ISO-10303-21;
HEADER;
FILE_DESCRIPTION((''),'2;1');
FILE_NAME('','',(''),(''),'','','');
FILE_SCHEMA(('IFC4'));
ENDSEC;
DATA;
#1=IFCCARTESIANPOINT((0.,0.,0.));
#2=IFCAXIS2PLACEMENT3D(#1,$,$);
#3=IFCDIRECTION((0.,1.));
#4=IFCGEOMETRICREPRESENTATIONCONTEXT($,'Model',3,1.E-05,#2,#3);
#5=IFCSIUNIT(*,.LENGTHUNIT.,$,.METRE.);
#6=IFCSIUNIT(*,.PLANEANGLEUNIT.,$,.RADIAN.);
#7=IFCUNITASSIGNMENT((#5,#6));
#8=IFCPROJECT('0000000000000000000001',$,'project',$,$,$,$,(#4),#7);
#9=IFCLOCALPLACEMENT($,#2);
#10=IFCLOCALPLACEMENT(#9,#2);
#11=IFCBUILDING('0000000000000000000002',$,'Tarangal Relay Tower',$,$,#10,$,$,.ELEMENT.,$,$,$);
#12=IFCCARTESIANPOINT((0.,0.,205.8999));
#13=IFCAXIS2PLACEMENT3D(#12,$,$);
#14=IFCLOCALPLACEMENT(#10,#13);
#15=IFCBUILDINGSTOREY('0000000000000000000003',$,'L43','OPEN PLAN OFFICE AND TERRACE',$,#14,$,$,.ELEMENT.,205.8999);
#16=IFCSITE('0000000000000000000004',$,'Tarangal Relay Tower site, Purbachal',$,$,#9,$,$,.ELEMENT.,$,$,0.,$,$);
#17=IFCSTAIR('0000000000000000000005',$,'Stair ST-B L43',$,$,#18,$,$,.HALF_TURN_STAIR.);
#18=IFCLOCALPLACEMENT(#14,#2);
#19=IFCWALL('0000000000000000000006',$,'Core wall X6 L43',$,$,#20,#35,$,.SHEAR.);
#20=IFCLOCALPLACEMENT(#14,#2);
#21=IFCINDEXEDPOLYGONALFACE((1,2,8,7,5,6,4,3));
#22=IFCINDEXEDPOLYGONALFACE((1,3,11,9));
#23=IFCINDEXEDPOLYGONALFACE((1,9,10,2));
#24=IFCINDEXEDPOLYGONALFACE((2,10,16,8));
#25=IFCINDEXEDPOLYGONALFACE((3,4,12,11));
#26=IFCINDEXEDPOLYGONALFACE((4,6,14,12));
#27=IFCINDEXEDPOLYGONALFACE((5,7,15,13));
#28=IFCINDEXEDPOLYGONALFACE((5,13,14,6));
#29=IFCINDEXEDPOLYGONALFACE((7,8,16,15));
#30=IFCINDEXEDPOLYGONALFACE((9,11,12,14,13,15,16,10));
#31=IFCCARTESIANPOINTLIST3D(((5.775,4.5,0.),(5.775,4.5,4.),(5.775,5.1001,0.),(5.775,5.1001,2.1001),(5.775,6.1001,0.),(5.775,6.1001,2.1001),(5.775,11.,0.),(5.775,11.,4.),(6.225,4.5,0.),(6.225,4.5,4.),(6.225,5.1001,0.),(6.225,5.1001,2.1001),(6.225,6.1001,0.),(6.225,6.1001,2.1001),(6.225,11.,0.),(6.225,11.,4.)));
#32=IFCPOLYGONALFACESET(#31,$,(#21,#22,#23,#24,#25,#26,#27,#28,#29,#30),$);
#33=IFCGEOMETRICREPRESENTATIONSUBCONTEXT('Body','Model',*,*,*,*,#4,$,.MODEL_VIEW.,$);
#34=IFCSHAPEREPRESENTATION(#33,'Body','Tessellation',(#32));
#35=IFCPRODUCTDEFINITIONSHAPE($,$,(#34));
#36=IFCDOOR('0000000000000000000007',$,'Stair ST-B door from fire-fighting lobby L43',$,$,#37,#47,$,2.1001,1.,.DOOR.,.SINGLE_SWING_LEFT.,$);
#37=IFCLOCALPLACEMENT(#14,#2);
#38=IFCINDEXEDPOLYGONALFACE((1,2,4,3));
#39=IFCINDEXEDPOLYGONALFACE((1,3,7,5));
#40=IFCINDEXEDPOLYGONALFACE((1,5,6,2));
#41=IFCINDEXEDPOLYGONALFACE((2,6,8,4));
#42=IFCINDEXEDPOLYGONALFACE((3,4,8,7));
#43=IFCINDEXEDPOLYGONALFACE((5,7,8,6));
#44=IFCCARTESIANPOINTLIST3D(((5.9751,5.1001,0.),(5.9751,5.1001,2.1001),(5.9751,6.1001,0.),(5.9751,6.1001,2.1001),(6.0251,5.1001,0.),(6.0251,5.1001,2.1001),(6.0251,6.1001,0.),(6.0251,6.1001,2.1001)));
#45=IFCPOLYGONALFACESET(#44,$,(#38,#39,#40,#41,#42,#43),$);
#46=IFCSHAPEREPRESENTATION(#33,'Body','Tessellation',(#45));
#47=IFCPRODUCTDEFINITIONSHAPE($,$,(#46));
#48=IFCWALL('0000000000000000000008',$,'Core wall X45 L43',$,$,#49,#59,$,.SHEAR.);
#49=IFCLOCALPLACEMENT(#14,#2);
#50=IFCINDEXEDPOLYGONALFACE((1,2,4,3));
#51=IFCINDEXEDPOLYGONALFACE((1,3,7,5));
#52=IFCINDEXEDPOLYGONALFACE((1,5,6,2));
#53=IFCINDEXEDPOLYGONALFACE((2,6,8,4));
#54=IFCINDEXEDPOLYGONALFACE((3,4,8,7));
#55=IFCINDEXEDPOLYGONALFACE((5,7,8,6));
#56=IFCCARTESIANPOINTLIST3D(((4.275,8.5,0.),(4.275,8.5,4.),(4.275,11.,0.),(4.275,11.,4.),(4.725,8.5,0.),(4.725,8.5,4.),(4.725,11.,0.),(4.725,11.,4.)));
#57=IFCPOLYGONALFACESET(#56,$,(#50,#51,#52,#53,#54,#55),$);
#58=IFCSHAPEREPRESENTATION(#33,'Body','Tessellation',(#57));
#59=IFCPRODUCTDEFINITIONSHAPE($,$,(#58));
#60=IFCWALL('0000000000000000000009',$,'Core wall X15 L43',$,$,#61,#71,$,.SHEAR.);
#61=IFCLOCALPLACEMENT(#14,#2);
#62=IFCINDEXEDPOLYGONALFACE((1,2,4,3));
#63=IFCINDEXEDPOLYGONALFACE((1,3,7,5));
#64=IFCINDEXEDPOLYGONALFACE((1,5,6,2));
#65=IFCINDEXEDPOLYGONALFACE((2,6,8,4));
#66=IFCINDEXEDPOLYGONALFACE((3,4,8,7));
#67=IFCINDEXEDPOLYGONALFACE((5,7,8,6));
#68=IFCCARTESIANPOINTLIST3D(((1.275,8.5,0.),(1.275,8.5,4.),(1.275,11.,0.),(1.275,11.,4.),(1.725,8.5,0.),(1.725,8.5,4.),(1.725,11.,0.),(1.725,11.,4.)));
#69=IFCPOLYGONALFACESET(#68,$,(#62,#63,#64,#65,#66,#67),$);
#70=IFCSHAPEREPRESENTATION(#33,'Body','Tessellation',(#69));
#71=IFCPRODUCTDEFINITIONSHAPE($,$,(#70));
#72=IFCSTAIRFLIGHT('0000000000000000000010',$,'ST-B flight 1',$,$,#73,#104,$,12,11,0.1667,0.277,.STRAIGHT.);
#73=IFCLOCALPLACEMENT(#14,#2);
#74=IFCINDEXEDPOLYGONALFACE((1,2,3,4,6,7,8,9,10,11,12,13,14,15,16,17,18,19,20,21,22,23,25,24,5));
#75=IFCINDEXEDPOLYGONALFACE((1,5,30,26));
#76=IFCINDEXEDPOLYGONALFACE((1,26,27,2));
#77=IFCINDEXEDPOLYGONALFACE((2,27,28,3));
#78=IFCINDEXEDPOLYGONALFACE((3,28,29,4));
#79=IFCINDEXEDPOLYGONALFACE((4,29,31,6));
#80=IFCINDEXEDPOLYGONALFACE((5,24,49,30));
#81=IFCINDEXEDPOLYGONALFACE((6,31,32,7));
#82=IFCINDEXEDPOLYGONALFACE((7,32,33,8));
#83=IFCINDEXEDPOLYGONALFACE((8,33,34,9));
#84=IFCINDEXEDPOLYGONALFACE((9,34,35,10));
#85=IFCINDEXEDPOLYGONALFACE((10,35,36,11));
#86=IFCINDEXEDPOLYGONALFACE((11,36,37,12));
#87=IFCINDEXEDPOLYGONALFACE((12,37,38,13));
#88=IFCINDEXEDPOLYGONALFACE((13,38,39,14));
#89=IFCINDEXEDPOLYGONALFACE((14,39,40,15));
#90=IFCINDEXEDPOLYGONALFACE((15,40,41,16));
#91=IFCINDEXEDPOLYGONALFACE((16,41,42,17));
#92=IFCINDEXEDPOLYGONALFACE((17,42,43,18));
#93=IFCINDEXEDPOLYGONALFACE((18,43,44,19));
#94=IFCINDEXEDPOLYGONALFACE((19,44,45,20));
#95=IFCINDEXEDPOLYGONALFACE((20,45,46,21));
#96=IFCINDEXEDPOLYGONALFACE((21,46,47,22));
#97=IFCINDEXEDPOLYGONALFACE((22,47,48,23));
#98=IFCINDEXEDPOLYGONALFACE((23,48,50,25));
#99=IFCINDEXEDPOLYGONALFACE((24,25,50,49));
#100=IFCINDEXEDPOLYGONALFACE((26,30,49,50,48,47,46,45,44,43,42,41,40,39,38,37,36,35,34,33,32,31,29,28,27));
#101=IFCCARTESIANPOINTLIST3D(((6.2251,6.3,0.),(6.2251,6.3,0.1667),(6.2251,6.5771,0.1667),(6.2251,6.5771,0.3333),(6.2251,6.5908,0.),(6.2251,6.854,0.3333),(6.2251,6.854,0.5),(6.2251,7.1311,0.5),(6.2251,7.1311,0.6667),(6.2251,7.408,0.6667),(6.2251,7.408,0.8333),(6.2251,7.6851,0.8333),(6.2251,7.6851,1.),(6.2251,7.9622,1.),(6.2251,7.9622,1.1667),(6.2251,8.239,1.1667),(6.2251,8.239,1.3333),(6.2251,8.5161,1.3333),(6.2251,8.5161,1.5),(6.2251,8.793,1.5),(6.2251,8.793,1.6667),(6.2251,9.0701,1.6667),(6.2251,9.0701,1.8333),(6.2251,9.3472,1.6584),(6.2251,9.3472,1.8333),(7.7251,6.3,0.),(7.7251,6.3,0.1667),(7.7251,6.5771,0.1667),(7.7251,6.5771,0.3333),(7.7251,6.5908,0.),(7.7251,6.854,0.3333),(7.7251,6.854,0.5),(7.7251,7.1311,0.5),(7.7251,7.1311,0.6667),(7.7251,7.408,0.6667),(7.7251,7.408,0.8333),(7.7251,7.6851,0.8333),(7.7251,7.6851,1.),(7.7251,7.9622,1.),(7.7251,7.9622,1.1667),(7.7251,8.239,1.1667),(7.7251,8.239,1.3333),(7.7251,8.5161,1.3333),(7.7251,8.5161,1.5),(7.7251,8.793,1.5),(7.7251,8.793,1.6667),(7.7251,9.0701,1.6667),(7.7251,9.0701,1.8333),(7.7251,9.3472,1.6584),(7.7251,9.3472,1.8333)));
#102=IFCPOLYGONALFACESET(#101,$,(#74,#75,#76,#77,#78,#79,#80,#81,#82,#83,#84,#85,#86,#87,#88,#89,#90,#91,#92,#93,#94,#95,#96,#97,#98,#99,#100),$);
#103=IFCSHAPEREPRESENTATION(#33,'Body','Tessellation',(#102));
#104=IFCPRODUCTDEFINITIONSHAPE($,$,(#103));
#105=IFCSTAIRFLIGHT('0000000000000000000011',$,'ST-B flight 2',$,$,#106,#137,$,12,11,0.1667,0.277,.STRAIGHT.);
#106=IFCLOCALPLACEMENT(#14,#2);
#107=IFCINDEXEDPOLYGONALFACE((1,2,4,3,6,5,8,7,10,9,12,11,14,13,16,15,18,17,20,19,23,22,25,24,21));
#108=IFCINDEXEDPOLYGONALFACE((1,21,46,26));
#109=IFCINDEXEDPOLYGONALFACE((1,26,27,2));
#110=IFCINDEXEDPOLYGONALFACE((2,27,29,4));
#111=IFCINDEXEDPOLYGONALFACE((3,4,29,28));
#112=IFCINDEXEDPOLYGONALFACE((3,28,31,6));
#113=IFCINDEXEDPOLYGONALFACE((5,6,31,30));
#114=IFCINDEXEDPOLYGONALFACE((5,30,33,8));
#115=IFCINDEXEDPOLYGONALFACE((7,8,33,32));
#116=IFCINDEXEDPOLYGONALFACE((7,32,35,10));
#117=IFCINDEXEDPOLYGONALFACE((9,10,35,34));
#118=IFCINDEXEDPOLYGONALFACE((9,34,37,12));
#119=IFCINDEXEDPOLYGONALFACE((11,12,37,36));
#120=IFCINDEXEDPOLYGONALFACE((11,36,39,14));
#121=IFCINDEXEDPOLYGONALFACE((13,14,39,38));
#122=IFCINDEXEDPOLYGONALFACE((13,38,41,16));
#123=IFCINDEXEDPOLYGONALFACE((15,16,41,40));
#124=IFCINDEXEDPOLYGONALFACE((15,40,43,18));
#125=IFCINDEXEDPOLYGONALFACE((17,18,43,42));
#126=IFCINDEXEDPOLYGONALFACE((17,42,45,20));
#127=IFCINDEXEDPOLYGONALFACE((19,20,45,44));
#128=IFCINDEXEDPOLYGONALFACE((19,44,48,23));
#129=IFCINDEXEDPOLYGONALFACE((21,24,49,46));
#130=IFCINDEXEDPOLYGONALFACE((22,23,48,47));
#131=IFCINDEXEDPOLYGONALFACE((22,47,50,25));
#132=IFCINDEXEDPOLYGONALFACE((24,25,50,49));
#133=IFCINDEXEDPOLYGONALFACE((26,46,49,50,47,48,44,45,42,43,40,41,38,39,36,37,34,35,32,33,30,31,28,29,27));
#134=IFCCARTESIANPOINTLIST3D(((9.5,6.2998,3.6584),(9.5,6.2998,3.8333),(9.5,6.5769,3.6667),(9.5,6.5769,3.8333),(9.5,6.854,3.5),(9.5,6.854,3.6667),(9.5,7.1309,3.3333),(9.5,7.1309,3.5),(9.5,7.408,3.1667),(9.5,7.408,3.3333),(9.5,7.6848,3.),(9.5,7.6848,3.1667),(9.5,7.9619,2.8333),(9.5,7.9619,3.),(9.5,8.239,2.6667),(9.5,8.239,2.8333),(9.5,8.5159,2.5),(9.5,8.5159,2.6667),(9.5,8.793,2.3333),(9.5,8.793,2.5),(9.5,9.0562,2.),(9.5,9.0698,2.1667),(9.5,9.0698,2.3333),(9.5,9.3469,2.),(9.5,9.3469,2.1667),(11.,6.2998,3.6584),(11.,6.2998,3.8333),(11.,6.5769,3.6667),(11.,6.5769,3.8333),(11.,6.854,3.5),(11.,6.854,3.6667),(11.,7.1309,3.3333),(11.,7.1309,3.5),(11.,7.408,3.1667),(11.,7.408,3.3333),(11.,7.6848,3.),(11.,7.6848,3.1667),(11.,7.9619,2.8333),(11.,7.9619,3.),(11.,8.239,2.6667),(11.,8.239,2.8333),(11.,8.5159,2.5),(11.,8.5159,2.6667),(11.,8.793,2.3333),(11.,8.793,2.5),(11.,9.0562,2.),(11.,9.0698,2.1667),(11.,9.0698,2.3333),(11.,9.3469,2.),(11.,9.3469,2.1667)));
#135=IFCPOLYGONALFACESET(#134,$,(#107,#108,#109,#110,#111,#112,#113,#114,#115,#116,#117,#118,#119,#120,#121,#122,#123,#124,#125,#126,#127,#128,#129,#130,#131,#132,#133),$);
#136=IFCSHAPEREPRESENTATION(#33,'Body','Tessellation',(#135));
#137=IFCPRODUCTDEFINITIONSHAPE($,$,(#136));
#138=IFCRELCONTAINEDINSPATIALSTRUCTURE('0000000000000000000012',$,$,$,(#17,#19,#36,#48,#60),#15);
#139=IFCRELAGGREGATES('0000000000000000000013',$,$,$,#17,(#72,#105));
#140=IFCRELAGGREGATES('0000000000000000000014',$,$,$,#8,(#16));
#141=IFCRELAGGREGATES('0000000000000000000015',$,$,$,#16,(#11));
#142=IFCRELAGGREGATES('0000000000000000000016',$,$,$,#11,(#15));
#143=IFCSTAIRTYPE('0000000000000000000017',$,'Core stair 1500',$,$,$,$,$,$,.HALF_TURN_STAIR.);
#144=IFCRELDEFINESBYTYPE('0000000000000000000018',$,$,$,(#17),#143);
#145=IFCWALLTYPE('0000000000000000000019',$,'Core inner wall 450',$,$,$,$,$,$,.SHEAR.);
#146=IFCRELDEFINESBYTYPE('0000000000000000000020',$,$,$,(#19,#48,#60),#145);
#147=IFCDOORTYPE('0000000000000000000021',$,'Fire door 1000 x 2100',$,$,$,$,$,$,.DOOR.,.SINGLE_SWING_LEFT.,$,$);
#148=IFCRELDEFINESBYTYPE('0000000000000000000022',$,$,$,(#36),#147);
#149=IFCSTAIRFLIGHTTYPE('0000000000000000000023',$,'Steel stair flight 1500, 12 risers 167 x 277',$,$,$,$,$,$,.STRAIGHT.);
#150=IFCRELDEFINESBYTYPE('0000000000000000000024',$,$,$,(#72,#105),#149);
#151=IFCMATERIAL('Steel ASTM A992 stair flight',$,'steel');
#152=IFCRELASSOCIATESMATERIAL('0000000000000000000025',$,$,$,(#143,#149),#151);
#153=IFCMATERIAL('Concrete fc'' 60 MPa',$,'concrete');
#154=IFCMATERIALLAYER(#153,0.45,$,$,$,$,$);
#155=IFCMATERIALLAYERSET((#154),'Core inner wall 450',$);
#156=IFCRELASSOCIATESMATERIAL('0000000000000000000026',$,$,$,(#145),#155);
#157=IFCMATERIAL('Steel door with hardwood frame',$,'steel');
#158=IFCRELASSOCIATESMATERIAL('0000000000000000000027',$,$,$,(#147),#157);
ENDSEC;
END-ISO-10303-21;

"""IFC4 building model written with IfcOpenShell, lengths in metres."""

from ifc_helpers import new_model, si_unit, direction, frame, frame_2d, origin, place, context, subcontext, project, spatial, polyline, rectangle, outline, extrude, material, layer, layer_set, type_object, element, fill, aggregate, save


model = new_model("IFC4")

# Units and contexts
model_context = context("Model", 3, precision=1e-05, world=origin(), true_north=direction((0.0, 1.0)))
body_context = subcontext(model_context, "Body", "Model", "MODEL_VIEW")
ifc_project = project(units=[si_unit("LENGTHUNIT", "METRE"), si_unit("PLANEANGLEUNIT", "RADIAN")], contexts=[model_context])

# Site, building, storey
site_placement = place(None, origin())
site = spatial("IfcSite", under=ifc_project, at=site_placement, Name="Tarangal Relay Tower site, Purbachal", CompositionType="ELEMENT", RefElevation=0.0)
building_placement = place(site_placement, origin())
building = spatial("IfcBuilding", under=site, at=building_placement, Name="Tarangal Relay Tower", CompositionType="ELEMENT")
storey_placement = place(building_placement, frame((0.0, 0.0, 205.8999)))
storey = spatial("IfcBuildingStorey", under=building, at=storey_placement, Name="L43", Description="OPEN PLAN OFFICE AND TERRACE", CompositionType="ELEMENT", Elevation=205.8999)

# Stair
ifc_material_1 = material(Name="Steel ASTM A992 stair flight", Category="steel")
stair_type = type_object("IfcStairType", Name="Core stair 1500", PredefinedType="HALF_TURN_STAIR", material=ifc_material_1)
stair_1_placement = place(storey_placement, origin())
stair_1 = element("IfcStair", 1, at=stair_1_placement, inside=storey, type_object=stair_type, Name="Stair ST-B L43", PredefinedType="HALF_TURN_STAIR")

# Shared definitions
ifc_material_2 = material(Name="Concrete fc' 60 MPa", Category="concrete")
ifc_layer_1 = layer(ifc_material_2, 0.45)
ifc_layer_set_1 = layer_set([ifc_layer_1], Name="Core inner wall 450")
wall_type = type_object("IfcWallType", Name="Core inner wall 450", PredefinedType="SHEAR", material=ifc_layer_set_1)

# Wall, opening, door
wall_placement = place(storey_placement, frame((6.0, 4.5, 0.0), z_axis=(0.0, 0.0, 1.0), x_axis=(0.0, 1.0, 0.0)))
wall = element("IfcWall", 2, at=wall_placement, inside=storey, type_object=wall_type, Name="Core wall X6 L43", PredefinedType="SHEAR", context=body_context, shape_type="SweptSolid", body=[
    extrude(rectangle(XDim=6.5, YDim=0.45, at=frame_2d((3.25, 0.0))), origin(), (0.0, 0.0, 1.0), 4.0),
])
opening_placement = place(wall_placement, frame((0.6001, 0.0, 0.0)))
opening = element("IfcOpeningElement", 3, at=opening_placement, cuts=wall, PredefinedType="OPENING", context=body_context, shape_type="SweptSolid", body=[
    extrude(rectangle(XDim=1.0, YDim=2.1001, at=frame_2d((0.5, 1.05))), frame((0.0, 0.2349, 0.0), z_axis=(0.0, -1.0, 0.0), x_axis=(1.0, 0.0, 0.0)), (0.0, 0.0, 1.0), 0.47),
])
ifc_material_3 = material(Name="Steel door with hardwood frame", Category="steel")
door_type = type_object("IfcDoorType", Name="Fire door 1000 x 2100", OperationType="SINGLE_SWING_LEFT", PredefinedType="DOOR", material=ifc_material_3)
door_placement = place(opening_placement, origin())
door = element("IfcDoor", 4, at=door_placement, inside=storey, type_object=door_type, Name="Stair ST-B door from fire-fighting lobby L43", OperationType="SINGLE_SWING_LEFT", OverallHeight=2.1001, OverallWidth=1.0, PredefinedType="DOOR", context=body_context, shape_type="SweptSolid", body=[
    extrude(rectangle(XDim=1.0, YDim=2.1001, at=frame_2d((0.5, 1.05))), frame((0.0, 0.0249, 0.0), z_axis=(0.0, -1.0, 0.0), x_axis=(1.0, 0.0, 0.0)), (0.0, 0.0, 1.0), 0.05),
])
fill(opening, door)

# Walls
for number, where, z_axis, x_axis, name in (
    (5, (4.5, 8.5, 0.0), (0.0, 0.0, 1.0), (0.0, 1.0, 0.0), "Core wall X45 L43"),
    (6, (1.5, 8.5, 0.0), (0.0, 0.0, 1.0), (0.0, 1.0, 0.0), "Core wall X15 L43"),
):
    element("IfcWall", number, at=place(storey_placement, frame(where, z_axis=z_axis, x_axis=x_axis)), inside=storey, type_object=wall_type, Name=name, PredefinedType="SHEAR", context=body_context, shape_type="SweptSolid", body=[
        extrude(rectangle(XDim=2.5, YDim=0.45, at=frame_2d((1.25, 0.0))), origin(), (0.0, 0.0, 1.0), 4.0),
    ])

# Stair flights
stair_flight_type = type_object("IfcStairFlightType", Name="Steel stair flight 1500, 12 risers 167 x 277", PredefinedType="STRAIGHT", material=ifc_material_1)
stair_flight_1_placement = place(storey_placement, frame((6.9751, 6.3, 0.0), z_axis=(0.0, 0.0, 1.0), x_axis=(0.0, 1.0, 0.0)))
stair_flight_1 = element("IfcStairFlight", 7, at=stair_flight_1_placement, type_object=stair_flight_type, Name="ST-B flight 1", NumberOfRisers=12, NumberOfTreads=11, PredefinedType="STRAIGHT", RiserHeight=0.1667, TreadLength=0.277, context=body_context, shape_type="SweptSolid", body=[
    extrude(outline(polyline([(0.0, 0.0), (0.0, 0.1667), (0.2771, 0.1667), (0.2771, 0.3333), (0.554, 0.3333), (0.554, 0.5), (0.8311, 0.5), (0.8311, 0.6667), (1.1079, 0.6667), (1.1079, 0.8333), (1.385, 0.8333), (1.385, 1.0), (1.6621, 1.0), (1.6621, 1.1667), (1.939, 1.1667), (1.939, 1.3333), (2.2161, 1.3333), (2.2161, 1.5), (2.4929, 1.5), (2.4929, 1.6667), (2.77, 1.6667), (2.77, 1.8333), (3.0471, 1.8333), (3.0471, 2.0), (3.0471, 1.6584), (0.2908, 0.0), (0.0, 0.0)])), frame((0.0, 0.75, 0.0), z_axis=(0.0, -1.0, 0.0), x_axis=(1.0, 0.0, 0.0)), (0.0, 0.0, 1.0), 1.5),
])
stair_flight_2_placement = place(storey_placement, frame((10.25, 9.3469, 2.0), z_axis=(0.0, 0.0, 1.0), x_axis=(0.0, -1.0, 0.0)))
stair_flight_2 = element("IfcStairFlight", 8, at=stair_flight_2_placement, type_object=stair_flight_type, Name="ST-B flight 2", NumberOfRisers=12, NumberOfTreads=11, PredefinedType="STRAIGHT", RiserHeight=0.1667, TreadLength=0.277, context=body_context, shape_type="SweptSolid", body=[
    extrude(outline(polyline([(0.0, 0.0), (0.0, 0.1667), (0.2771, 0.1667), (0.2771, 0.3333), (0.554, 0.3333), (0.554, 0.5), (0.8311, 0.5), (0.8311, 0.6667), (1.1079, 0.6667), (1.1079, 0.8333), (1.385, 0.8333), (1.385, 1.0), (1.6621, 1.0), (1.6621, 1.1667), (1.939, 1.1667), (1.939, 1.3333), (2.2161, 1.3333), (2.2161, 1.5), (2.4929, 1.5), (2.4929, 1.6667), (2.77, 1.6667), (2.77, 1.8333), (3.0471, 1.8333), (3.0471, 2.0), (3.0471, 1.6584), (0.2908, 0.0), (0.0, 0.0)])), frame((0.0, 0.75, 0.0), z_axis=(0.0, -1.0, 0.0), x_axis=(1.0, 0.0, 0.0)), (0.0, 0.0, 1.0), 1.5),
])
aggregate(stair_1, [stair_flight_1, stair_flight_2])

save(model, "model.ifc")
